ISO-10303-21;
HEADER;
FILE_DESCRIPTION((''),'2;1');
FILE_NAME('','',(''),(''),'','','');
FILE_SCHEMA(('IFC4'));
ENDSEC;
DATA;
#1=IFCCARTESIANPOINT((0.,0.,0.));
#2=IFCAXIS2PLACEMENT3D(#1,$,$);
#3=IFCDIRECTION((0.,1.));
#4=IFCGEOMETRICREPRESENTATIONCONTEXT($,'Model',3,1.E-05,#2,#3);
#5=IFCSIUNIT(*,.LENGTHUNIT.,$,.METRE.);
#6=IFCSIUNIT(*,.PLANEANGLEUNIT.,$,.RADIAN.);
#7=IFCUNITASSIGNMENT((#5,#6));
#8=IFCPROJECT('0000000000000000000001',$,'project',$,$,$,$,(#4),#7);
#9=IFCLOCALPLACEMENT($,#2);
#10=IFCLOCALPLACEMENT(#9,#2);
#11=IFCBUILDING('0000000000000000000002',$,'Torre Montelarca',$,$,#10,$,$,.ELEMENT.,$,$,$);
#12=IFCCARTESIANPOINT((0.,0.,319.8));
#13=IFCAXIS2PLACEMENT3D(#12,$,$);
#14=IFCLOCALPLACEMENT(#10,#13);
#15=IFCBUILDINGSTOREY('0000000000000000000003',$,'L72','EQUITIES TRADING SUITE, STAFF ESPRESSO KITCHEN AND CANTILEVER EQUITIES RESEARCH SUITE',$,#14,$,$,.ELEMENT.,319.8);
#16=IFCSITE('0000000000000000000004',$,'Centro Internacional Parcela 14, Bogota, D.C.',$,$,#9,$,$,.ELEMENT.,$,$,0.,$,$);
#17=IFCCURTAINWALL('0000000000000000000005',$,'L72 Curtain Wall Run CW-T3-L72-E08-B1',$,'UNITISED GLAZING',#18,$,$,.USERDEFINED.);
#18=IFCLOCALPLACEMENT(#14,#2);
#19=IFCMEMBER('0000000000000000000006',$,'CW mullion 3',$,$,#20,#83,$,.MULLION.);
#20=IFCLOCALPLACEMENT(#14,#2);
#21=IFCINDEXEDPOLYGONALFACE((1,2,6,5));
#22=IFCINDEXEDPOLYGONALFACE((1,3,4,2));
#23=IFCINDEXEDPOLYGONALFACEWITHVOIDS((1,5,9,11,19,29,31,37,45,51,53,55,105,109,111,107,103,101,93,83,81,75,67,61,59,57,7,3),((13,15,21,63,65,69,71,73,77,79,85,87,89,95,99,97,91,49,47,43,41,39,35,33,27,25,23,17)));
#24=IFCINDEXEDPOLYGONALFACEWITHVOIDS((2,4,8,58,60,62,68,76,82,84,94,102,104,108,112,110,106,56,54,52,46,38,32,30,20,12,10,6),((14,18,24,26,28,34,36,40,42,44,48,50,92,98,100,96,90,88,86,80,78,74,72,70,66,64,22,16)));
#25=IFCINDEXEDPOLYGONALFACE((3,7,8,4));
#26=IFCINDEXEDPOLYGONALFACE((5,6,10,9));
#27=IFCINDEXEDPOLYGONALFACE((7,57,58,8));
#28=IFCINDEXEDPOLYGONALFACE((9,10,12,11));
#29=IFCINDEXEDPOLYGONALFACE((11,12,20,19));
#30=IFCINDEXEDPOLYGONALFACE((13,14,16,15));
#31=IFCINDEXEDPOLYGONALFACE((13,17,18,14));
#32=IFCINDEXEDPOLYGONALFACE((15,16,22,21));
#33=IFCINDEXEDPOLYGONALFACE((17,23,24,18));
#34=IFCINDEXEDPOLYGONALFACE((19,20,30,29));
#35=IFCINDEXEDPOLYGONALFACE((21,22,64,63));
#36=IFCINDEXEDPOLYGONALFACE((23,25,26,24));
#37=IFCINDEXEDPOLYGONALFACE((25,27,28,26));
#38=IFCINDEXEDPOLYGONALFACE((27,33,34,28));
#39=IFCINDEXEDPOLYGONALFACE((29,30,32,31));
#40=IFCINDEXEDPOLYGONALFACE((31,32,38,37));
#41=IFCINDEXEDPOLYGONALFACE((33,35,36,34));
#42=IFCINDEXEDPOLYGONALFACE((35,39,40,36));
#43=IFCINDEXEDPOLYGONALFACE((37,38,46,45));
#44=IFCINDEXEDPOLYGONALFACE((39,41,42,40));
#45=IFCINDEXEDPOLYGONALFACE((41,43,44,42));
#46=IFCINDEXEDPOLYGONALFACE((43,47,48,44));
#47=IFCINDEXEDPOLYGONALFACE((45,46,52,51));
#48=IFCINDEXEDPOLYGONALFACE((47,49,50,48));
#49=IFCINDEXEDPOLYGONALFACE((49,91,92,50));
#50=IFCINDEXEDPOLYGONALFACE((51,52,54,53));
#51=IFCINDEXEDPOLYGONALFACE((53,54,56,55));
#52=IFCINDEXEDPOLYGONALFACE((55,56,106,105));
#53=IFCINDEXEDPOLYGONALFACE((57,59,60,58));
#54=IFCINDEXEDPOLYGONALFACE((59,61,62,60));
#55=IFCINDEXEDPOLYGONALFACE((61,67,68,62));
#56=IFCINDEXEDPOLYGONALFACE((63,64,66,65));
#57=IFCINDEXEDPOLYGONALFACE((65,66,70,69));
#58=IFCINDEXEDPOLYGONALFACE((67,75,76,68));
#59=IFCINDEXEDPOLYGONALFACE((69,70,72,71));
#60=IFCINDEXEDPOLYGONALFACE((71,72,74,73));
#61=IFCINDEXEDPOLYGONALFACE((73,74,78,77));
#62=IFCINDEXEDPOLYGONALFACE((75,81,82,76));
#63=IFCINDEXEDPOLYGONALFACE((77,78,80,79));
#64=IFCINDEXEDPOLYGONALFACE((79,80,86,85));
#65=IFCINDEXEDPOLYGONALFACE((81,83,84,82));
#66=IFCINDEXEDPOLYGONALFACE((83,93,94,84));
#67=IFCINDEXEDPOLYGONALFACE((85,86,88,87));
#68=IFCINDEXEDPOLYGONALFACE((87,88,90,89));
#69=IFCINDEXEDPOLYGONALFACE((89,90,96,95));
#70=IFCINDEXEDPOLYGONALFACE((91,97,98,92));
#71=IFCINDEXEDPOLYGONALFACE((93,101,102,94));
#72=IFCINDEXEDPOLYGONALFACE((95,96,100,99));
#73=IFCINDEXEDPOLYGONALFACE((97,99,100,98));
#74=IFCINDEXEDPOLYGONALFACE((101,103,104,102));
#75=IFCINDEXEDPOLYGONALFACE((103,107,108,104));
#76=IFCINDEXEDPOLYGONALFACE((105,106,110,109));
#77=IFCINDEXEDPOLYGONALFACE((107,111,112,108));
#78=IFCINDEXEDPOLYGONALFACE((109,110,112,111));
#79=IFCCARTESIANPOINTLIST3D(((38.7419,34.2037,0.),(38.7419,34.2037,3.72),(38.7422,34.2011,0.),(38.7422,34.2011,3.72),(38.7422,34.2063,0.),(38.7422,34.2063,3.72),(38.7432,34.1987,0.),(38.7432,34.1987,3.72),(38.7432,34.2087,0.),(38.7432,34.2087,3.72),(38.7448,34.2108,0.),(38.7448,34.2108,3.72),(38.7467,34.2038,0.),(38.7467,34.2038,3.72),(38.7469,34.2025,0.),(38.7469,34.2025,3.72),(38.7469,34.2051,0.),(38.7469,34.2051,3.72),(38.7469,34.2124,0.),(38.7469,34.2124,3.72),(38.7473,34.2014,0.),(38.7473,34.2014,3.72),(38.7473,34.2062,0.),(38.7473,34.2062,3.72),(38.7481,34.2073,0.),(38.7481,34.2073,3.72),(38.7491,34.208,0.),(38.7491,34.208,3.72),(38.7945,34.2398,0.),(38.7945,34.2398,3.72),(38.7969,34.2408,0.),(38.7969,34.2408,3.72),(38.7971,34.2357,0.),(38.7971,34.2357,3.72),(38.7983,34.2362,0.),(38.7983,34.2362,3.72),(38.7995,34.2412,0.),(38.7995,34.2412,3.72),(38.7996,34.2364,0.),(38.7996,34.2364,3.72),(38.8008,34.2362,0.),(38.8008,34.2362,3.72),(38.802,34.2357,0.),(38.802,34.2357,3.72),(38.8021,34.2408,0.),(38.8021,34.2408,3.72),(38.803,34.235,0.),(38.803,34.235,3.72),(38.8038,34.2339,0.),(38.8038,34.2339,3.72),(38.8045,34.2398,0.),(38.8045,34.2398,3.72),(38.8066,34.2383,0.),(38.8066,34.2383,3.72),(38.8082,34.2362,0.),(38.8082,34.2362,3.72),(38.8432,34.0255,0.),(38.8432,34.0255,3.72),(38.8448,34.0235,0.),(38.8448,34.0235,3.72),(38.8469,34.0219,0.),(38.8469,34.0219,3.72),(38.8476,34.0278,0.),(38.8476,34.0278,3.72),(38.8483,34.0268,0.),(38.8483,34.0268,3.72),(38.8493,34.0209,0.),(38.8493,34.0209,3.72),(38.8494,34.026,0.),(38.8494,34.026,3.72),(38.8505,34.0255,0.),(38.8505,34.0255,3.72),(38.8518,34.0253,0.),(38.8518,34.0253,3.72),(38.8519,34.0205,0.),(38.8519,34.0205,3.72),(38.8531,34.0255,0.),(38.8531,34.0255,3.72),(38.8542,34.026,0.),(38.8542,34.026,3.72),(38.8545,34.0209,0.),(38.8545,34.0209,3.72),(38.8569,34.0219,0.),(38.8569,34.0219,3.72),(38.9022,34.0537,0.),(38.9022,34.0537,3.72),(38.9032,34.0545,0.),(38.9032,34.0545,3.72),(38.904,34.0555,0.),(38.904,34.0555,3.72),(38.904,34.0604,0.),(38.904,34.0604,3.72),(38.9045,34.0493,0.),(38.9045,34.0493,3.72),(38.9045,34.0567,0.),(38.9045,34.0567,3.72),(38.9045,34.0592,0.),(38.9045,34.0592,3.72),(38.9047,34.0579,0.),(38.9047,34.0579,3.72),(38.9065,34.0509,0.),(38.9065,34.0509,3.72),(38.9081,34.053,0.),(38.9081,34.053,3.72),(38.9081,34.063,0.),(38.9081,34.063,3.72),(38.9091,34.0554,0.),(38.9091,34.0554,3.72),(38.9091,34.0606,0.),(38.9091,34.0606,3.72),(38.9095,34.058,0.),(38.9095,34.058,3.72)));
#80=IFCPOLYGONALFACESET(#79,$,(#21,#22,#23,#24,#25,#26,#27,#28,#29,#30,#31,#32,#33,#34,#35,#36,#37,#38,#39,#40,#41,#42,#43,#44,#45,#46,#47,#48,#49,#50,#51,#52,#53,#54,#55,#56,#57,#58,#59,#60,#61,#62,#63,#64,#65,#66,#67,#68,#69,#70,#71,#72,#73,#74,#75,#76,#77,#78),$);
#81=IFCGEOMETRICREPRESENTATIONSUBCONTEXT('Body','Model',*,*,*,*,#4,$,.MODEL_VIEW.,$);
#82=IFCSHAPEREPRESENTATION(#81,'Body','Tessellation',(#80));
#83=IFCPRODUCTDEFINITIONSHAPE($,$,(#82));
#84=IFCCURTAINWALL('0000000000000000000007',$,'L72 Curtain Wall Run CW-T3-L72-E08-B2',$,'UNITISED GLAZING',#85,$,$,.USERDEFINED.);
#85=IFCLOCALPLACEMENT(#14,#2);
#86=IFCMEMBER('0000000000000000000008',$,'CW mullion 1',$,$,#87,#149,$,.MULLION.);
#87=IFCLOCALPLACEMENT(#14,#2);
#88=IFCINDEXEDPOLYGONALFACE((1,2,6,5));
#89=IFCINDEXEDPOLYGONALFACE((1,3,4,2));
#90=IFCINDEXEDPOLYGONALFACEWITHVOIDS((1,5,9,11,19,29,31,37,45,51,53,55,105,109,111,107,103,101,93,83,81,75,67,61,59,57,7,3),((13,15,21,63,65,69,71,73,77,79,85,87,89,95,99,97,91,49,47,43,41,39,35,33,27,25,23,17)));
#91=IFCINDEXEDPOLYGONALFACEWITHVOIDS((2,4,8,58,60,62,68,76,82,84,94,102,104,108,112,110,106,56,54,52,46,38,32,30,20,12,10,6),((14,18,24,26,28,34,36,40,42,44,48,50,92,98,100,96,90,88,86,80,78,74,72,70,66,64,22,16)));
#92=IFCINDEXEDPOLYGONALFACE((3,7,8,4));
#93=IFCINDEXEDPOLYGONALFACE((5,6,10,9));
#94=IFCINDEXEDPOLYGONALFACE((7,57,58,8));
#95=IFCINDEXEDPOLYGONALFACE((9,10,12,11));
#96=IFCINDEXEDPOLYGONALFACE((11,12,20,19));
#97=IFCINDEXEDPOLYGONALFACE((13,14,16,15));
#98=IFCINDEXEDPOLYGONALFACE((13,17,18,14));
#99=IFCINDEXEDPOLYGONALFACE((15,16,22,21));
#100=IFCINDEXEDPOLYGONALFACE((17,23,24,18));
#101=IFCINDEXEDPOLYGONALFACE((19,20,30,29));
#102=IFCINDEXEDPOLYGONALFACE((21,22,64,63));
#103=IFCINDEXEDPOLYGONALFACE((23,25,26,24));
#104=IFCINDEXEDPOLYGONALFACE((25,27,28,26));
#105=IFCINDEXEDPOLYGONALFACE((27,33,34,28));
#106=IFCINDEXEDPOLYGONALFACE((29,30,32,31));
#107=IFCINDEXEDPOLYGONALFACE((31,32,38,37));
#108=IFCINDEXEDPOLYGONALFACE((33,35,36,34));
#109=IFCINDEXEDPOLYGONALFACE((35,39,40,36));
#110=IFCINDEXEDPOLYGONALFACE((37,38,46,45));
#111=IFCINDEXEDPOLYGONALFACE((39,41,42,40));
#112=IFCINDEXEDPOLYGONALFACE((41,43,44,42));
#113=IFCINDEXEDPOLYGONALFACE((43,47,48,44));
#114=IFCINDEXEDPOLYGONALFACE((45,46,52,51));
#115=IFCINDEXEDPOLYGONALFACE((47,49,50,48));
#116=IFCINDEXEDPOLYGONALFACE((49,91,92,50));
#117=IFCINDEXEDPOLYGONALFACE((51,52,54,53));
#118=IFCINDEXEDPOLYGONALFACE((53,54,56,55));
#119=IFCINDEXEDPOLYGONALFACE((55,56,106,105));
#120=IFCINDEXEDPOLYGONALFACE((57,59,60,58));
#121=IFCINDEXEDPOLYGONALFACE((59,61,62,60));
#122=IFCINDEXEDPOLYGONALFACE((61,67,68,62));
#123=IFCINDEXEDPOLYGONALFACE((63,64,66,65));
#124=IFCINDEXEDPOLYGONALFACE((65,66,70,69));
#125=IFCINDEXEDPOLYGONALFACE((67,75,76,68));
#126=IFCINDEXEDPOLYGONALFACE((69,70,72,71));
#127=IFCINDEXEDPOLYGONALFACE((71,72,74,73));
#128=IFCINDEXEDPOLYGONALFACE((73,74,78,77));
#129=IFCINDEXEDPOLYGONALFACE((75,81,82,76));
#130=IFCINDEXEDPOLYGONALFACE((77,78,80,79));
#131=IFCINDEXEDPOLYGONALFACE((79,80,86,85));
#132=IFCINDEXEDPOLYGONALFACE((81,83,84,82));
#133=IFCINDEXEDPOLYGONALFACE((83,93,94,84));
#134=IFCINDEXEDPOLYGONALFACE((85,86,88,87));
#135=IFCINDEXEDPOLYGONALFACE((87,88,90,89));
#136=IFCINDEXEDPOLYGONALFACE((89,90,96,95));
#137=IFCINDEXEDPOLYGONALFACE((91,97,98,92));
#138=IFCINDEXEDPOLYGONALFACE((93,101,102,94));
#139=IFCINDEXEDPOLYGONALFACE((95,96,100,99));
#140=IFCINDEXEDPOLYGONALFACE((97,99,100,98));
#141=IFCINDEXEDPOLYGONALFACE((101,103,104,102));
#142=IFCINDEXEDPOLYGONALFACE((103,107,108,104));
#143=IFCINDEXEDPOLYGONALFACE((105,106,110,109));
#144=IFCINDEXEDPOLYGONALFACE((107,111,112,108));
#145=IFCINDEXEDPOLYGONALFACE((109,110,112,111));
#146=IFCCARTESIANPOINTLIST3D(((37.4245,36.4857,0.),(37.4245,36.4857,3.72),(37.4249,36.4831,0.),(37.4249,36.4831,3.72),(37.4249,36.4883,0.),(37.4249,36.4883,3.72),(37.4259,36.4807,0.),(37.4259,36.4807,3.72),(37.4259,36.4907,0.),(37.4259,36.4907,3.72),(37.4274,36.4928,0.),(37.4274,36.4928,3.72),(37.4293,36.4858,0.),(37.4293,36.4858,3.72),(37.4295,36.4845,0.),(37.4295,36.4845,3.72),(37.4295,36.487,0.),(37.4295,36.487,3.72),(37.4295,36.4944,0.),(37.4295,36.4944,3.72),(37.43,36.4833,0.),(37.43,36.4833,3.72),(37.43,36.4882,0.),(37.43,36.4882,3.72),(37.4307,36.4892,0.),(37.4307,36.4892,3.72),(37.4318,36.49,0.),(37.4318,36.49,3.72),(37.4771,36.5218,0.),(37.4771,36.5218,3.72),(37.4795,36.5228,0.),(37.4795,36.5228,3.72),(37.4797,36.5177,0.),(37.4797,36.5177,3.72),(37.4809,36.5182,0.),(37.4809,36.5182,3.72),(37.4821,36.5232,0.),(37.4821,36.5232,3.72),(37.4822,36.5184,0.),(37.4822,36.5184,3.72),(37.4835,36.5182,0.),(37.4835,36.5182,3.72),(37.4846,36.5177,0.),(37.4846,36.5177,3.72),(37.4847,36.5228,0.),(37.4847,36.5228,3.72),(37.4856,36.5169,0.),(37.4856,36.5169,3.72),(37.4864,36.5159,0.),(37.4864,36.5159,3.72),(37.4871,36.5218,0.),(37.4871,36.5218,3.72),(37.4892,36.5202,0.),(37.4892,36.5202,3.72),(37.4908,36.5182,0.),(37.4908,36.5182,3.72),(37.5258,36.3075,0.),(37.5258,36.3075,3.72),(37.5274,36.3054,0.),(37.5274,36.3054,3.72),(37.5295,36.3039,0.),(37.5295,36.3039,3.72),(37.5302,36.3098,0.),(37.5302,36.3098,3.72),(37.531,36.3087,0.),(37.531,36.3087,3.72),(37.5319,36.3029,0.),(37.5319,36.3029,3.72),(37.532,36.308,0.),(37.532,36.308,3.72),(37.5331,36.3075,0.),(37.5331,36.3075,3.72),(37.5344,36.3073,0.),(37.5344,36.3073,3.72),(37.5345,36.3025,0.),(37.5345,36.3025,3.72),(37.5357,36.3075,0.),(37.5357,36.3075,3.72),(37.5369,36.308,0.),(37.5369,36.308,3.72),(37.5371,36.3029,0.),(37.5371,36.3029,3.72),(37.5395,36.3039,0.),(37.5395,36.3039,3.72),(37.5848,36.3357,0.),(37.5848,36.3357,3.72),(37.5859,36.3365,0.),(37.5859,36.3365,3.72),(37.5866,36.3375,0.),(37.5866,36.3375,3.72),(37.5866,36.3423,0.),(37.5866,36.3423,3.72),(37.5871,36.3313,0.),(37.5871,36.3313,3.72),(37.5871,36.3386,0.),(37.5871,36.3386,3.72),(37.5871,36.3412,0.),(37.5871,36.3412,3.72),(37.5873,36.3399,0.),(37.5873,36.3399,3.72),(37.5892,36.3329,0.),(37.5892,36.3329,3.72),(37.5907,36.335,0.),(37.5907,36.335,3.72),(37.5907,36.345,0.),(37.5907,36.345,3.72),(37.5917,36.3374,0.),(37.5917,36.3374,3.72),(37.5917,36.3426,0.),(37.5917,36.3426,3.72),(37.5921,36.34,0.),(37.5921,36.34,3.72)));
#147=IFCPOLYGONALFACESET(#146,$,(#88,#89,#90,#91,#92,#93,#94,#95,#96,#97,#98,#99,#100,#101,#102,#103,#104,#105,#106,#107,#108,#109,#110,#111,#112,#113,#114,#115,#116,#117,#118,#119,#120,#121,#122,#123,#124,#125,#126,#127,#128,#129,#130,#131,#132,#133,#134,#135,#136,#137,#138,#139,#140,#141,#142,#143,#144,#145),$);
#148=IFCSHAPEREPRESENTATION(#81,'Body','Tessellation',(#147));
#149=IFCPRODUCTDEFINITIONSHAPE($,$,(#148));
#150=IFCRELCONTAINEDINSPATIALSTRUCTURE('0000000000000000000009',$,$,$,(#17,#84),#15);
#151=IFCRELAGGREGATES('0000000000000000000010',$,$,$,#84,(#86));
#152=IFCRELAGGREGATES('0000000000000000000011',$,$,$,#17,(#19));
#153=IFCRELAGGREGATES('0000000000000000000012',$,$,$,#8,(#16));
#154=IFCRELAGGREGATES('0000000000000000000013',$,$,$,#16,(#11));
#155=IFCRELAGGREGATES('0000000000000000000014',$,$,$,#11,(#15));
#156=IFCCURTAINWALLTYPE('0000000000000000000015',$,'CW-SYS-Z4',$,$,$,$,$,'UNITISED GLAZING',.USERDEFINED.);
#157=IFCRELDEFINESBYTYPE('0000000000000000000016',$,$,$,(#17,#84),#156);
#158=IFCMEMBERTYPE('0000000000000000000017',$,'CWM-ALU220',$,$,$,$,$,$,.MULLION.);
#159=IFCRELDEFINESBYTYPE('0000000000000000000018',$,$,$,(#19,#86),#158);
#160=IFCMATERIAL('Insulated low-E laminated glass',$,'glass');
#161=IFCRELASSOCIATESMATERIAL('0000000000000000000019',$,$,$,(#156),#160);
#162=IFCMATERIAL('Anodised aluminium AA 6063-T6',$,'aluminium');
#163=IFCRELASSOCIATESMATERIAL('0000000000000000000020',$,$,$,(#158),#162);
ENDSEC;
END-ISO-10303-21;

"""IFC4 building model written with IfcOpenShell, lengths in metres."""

from ifc_helpers import new_model, si_unit, direction, frame, origin, origin_2d, place, context, subcontext, project, spatial, hollow_rectangle, extrude, source, transform, mapped, material, material_profile, profile_set, type_object, element, aggregate, save


model = new_model("IFC4")

# Units and contexts
model_context = context("Model", 3, precision=1e-05, world=origin(), true_north=direction((0.0, 1.0)))
body_context = subcontext(model_context, "Body", "Model", "MODEL_VIEW")
ifc_project = project(units=[si_unit("LENGTHUNIT", "METRE"), si_unit("PLANEANGLEUNIT", "RADIAN")], contexts=[model_context])

# Site, building, storey
site_placement = place(None, origin())
site = spatial("IfcSite", under=ifc_project, at=site_placement, Name="Centro Internacional Parcela 14, Bogota, D.C.", CompositionType="ELEMENT", RefElevation=0.0)
building_placement = place(site_placement, origin())
building = spatial("IfcBuilding", under=site, at=building_placement, Name="Torre Montelarca", CompositionType="ELEMENT")
storey_placement = place(building_placement, frame((0.0, 0.0, 319.8)))
storey = spatial("IfcBuildingStorey", under=building, at=storey_placement, Name="L72", Description="EQUITIES TRADING SUITE, STAFF ESPRESSO KITCHEN AND CANTILEVER EQUITIES RESEARCH SUITE", CompositionType="ELEMENT", Elevation=319.8)

# Curtain walls, members
ifc_material_1 = material(Name="Insulated low-E laminated glass", Category="glass")
curtain_wall_type = type_object("IfcCurtainWallType", Name="CW-SYS-Z4", ElementType="UNITISED GLAZING", PredefinedType="USERDEFINED", material=ifc_material_1)
curtain_wall_1_placement = place(storey_placement, origin())
curtain_wall_1 = element("IfcCurtainWall", 1, at=curtain_wall_1_placement, inside=storey, type_object=curtain_wall_type, Name="L72 Curtain Wall Run CW-T3-L72-E08-B1", ObjectType="UNITISED GLAZING", PredefinedType="USERDEFINED")
ifc_material_2 = material(Name="Anodised aluminium AA 6063-T6", Category="aluminium")
ifc_material_profile_1 = material_profile(ifc_material_2, hollow_rectangle(XDim=0.075, YDim=0.22, WallThickness=0.0049, InnerFilletRadius=0.0049, OuterFilletRadius=0.01, at=origin_2d()), Name="ALU75X220X5", Category="aluminium")
ifc_profile_set_1 = profile_set([ifc_material_profile_1], Name="Anodised aluminium AA 6063-T6")
member_type_1 = type_object("IfcMemberType", Name="CWM-ALU220", PredefinedType="MULLION", material=ifc_profile_set_1)
shared_shape_1 = source(origin(), body_context, "Body", "SweptSolid", [
    extrude(hollow_rectangle(XDim=0.075, YDim=0.22, WallThickness=0.0049, InnerFilletRadius=0.0049, OuterFilletRadius=0.01, at=origin_2d()), origin(), (0.0, 0.0, 1.0), 3.72),
])
member_1_placement = place(storey_placement, frame((38.8257, 34.1309, 0.0), z_axis=(0.0, 0.0, 1.0), x_axis=(-0.866028, -0.499996, 0.0)))
member_1 = element("IfcMember", 2, at=member_1_placement, type_object=member_type_1, Name="CW mullion 3", PredefinedType="MULLION", context=body_context, shape_type="MappedRepresentation", body=[
    mapped(shared_shape_1, transform((0.0, 0.0, 0.0), scale=1.0)),
])
curtain_wall_2_placement = place(storey_placement, origin())
curtain_wall_2 = element("IfcCurtainWall", 3, at=curtain_wall_2_placement, inside=storey, type_object=curtain_wall_type, Name="L72 Curtain Wall Run CW-T3-L72-E08-B2", ObjectType="UNITISED GLAZING", PredefinedType="USERDEFINED")
member_2_placement = place(storey_placement, frame((37.5083, 36.4128, 0.0), z_axis=(0.0, 0.0, 1.0), x_axis=(-0.866025, -0.5, 0.0)))
member_2 = element("IfcMember", 4, at=member_2_placement, type_object=member_type_1, Name="CW mullion 1", PredefinedType="MULLION", context=body_context, shape_type="MappedRepresentation", body=[
    mapped(shared_shape_1, transform((0.0, 0.0, 0.0), scale=1.0)),
])

aggregate(curtain_wall_2, [member_2])
aggregate(curtain_wall_1, [member_1])

save(model, "model.ifc")
